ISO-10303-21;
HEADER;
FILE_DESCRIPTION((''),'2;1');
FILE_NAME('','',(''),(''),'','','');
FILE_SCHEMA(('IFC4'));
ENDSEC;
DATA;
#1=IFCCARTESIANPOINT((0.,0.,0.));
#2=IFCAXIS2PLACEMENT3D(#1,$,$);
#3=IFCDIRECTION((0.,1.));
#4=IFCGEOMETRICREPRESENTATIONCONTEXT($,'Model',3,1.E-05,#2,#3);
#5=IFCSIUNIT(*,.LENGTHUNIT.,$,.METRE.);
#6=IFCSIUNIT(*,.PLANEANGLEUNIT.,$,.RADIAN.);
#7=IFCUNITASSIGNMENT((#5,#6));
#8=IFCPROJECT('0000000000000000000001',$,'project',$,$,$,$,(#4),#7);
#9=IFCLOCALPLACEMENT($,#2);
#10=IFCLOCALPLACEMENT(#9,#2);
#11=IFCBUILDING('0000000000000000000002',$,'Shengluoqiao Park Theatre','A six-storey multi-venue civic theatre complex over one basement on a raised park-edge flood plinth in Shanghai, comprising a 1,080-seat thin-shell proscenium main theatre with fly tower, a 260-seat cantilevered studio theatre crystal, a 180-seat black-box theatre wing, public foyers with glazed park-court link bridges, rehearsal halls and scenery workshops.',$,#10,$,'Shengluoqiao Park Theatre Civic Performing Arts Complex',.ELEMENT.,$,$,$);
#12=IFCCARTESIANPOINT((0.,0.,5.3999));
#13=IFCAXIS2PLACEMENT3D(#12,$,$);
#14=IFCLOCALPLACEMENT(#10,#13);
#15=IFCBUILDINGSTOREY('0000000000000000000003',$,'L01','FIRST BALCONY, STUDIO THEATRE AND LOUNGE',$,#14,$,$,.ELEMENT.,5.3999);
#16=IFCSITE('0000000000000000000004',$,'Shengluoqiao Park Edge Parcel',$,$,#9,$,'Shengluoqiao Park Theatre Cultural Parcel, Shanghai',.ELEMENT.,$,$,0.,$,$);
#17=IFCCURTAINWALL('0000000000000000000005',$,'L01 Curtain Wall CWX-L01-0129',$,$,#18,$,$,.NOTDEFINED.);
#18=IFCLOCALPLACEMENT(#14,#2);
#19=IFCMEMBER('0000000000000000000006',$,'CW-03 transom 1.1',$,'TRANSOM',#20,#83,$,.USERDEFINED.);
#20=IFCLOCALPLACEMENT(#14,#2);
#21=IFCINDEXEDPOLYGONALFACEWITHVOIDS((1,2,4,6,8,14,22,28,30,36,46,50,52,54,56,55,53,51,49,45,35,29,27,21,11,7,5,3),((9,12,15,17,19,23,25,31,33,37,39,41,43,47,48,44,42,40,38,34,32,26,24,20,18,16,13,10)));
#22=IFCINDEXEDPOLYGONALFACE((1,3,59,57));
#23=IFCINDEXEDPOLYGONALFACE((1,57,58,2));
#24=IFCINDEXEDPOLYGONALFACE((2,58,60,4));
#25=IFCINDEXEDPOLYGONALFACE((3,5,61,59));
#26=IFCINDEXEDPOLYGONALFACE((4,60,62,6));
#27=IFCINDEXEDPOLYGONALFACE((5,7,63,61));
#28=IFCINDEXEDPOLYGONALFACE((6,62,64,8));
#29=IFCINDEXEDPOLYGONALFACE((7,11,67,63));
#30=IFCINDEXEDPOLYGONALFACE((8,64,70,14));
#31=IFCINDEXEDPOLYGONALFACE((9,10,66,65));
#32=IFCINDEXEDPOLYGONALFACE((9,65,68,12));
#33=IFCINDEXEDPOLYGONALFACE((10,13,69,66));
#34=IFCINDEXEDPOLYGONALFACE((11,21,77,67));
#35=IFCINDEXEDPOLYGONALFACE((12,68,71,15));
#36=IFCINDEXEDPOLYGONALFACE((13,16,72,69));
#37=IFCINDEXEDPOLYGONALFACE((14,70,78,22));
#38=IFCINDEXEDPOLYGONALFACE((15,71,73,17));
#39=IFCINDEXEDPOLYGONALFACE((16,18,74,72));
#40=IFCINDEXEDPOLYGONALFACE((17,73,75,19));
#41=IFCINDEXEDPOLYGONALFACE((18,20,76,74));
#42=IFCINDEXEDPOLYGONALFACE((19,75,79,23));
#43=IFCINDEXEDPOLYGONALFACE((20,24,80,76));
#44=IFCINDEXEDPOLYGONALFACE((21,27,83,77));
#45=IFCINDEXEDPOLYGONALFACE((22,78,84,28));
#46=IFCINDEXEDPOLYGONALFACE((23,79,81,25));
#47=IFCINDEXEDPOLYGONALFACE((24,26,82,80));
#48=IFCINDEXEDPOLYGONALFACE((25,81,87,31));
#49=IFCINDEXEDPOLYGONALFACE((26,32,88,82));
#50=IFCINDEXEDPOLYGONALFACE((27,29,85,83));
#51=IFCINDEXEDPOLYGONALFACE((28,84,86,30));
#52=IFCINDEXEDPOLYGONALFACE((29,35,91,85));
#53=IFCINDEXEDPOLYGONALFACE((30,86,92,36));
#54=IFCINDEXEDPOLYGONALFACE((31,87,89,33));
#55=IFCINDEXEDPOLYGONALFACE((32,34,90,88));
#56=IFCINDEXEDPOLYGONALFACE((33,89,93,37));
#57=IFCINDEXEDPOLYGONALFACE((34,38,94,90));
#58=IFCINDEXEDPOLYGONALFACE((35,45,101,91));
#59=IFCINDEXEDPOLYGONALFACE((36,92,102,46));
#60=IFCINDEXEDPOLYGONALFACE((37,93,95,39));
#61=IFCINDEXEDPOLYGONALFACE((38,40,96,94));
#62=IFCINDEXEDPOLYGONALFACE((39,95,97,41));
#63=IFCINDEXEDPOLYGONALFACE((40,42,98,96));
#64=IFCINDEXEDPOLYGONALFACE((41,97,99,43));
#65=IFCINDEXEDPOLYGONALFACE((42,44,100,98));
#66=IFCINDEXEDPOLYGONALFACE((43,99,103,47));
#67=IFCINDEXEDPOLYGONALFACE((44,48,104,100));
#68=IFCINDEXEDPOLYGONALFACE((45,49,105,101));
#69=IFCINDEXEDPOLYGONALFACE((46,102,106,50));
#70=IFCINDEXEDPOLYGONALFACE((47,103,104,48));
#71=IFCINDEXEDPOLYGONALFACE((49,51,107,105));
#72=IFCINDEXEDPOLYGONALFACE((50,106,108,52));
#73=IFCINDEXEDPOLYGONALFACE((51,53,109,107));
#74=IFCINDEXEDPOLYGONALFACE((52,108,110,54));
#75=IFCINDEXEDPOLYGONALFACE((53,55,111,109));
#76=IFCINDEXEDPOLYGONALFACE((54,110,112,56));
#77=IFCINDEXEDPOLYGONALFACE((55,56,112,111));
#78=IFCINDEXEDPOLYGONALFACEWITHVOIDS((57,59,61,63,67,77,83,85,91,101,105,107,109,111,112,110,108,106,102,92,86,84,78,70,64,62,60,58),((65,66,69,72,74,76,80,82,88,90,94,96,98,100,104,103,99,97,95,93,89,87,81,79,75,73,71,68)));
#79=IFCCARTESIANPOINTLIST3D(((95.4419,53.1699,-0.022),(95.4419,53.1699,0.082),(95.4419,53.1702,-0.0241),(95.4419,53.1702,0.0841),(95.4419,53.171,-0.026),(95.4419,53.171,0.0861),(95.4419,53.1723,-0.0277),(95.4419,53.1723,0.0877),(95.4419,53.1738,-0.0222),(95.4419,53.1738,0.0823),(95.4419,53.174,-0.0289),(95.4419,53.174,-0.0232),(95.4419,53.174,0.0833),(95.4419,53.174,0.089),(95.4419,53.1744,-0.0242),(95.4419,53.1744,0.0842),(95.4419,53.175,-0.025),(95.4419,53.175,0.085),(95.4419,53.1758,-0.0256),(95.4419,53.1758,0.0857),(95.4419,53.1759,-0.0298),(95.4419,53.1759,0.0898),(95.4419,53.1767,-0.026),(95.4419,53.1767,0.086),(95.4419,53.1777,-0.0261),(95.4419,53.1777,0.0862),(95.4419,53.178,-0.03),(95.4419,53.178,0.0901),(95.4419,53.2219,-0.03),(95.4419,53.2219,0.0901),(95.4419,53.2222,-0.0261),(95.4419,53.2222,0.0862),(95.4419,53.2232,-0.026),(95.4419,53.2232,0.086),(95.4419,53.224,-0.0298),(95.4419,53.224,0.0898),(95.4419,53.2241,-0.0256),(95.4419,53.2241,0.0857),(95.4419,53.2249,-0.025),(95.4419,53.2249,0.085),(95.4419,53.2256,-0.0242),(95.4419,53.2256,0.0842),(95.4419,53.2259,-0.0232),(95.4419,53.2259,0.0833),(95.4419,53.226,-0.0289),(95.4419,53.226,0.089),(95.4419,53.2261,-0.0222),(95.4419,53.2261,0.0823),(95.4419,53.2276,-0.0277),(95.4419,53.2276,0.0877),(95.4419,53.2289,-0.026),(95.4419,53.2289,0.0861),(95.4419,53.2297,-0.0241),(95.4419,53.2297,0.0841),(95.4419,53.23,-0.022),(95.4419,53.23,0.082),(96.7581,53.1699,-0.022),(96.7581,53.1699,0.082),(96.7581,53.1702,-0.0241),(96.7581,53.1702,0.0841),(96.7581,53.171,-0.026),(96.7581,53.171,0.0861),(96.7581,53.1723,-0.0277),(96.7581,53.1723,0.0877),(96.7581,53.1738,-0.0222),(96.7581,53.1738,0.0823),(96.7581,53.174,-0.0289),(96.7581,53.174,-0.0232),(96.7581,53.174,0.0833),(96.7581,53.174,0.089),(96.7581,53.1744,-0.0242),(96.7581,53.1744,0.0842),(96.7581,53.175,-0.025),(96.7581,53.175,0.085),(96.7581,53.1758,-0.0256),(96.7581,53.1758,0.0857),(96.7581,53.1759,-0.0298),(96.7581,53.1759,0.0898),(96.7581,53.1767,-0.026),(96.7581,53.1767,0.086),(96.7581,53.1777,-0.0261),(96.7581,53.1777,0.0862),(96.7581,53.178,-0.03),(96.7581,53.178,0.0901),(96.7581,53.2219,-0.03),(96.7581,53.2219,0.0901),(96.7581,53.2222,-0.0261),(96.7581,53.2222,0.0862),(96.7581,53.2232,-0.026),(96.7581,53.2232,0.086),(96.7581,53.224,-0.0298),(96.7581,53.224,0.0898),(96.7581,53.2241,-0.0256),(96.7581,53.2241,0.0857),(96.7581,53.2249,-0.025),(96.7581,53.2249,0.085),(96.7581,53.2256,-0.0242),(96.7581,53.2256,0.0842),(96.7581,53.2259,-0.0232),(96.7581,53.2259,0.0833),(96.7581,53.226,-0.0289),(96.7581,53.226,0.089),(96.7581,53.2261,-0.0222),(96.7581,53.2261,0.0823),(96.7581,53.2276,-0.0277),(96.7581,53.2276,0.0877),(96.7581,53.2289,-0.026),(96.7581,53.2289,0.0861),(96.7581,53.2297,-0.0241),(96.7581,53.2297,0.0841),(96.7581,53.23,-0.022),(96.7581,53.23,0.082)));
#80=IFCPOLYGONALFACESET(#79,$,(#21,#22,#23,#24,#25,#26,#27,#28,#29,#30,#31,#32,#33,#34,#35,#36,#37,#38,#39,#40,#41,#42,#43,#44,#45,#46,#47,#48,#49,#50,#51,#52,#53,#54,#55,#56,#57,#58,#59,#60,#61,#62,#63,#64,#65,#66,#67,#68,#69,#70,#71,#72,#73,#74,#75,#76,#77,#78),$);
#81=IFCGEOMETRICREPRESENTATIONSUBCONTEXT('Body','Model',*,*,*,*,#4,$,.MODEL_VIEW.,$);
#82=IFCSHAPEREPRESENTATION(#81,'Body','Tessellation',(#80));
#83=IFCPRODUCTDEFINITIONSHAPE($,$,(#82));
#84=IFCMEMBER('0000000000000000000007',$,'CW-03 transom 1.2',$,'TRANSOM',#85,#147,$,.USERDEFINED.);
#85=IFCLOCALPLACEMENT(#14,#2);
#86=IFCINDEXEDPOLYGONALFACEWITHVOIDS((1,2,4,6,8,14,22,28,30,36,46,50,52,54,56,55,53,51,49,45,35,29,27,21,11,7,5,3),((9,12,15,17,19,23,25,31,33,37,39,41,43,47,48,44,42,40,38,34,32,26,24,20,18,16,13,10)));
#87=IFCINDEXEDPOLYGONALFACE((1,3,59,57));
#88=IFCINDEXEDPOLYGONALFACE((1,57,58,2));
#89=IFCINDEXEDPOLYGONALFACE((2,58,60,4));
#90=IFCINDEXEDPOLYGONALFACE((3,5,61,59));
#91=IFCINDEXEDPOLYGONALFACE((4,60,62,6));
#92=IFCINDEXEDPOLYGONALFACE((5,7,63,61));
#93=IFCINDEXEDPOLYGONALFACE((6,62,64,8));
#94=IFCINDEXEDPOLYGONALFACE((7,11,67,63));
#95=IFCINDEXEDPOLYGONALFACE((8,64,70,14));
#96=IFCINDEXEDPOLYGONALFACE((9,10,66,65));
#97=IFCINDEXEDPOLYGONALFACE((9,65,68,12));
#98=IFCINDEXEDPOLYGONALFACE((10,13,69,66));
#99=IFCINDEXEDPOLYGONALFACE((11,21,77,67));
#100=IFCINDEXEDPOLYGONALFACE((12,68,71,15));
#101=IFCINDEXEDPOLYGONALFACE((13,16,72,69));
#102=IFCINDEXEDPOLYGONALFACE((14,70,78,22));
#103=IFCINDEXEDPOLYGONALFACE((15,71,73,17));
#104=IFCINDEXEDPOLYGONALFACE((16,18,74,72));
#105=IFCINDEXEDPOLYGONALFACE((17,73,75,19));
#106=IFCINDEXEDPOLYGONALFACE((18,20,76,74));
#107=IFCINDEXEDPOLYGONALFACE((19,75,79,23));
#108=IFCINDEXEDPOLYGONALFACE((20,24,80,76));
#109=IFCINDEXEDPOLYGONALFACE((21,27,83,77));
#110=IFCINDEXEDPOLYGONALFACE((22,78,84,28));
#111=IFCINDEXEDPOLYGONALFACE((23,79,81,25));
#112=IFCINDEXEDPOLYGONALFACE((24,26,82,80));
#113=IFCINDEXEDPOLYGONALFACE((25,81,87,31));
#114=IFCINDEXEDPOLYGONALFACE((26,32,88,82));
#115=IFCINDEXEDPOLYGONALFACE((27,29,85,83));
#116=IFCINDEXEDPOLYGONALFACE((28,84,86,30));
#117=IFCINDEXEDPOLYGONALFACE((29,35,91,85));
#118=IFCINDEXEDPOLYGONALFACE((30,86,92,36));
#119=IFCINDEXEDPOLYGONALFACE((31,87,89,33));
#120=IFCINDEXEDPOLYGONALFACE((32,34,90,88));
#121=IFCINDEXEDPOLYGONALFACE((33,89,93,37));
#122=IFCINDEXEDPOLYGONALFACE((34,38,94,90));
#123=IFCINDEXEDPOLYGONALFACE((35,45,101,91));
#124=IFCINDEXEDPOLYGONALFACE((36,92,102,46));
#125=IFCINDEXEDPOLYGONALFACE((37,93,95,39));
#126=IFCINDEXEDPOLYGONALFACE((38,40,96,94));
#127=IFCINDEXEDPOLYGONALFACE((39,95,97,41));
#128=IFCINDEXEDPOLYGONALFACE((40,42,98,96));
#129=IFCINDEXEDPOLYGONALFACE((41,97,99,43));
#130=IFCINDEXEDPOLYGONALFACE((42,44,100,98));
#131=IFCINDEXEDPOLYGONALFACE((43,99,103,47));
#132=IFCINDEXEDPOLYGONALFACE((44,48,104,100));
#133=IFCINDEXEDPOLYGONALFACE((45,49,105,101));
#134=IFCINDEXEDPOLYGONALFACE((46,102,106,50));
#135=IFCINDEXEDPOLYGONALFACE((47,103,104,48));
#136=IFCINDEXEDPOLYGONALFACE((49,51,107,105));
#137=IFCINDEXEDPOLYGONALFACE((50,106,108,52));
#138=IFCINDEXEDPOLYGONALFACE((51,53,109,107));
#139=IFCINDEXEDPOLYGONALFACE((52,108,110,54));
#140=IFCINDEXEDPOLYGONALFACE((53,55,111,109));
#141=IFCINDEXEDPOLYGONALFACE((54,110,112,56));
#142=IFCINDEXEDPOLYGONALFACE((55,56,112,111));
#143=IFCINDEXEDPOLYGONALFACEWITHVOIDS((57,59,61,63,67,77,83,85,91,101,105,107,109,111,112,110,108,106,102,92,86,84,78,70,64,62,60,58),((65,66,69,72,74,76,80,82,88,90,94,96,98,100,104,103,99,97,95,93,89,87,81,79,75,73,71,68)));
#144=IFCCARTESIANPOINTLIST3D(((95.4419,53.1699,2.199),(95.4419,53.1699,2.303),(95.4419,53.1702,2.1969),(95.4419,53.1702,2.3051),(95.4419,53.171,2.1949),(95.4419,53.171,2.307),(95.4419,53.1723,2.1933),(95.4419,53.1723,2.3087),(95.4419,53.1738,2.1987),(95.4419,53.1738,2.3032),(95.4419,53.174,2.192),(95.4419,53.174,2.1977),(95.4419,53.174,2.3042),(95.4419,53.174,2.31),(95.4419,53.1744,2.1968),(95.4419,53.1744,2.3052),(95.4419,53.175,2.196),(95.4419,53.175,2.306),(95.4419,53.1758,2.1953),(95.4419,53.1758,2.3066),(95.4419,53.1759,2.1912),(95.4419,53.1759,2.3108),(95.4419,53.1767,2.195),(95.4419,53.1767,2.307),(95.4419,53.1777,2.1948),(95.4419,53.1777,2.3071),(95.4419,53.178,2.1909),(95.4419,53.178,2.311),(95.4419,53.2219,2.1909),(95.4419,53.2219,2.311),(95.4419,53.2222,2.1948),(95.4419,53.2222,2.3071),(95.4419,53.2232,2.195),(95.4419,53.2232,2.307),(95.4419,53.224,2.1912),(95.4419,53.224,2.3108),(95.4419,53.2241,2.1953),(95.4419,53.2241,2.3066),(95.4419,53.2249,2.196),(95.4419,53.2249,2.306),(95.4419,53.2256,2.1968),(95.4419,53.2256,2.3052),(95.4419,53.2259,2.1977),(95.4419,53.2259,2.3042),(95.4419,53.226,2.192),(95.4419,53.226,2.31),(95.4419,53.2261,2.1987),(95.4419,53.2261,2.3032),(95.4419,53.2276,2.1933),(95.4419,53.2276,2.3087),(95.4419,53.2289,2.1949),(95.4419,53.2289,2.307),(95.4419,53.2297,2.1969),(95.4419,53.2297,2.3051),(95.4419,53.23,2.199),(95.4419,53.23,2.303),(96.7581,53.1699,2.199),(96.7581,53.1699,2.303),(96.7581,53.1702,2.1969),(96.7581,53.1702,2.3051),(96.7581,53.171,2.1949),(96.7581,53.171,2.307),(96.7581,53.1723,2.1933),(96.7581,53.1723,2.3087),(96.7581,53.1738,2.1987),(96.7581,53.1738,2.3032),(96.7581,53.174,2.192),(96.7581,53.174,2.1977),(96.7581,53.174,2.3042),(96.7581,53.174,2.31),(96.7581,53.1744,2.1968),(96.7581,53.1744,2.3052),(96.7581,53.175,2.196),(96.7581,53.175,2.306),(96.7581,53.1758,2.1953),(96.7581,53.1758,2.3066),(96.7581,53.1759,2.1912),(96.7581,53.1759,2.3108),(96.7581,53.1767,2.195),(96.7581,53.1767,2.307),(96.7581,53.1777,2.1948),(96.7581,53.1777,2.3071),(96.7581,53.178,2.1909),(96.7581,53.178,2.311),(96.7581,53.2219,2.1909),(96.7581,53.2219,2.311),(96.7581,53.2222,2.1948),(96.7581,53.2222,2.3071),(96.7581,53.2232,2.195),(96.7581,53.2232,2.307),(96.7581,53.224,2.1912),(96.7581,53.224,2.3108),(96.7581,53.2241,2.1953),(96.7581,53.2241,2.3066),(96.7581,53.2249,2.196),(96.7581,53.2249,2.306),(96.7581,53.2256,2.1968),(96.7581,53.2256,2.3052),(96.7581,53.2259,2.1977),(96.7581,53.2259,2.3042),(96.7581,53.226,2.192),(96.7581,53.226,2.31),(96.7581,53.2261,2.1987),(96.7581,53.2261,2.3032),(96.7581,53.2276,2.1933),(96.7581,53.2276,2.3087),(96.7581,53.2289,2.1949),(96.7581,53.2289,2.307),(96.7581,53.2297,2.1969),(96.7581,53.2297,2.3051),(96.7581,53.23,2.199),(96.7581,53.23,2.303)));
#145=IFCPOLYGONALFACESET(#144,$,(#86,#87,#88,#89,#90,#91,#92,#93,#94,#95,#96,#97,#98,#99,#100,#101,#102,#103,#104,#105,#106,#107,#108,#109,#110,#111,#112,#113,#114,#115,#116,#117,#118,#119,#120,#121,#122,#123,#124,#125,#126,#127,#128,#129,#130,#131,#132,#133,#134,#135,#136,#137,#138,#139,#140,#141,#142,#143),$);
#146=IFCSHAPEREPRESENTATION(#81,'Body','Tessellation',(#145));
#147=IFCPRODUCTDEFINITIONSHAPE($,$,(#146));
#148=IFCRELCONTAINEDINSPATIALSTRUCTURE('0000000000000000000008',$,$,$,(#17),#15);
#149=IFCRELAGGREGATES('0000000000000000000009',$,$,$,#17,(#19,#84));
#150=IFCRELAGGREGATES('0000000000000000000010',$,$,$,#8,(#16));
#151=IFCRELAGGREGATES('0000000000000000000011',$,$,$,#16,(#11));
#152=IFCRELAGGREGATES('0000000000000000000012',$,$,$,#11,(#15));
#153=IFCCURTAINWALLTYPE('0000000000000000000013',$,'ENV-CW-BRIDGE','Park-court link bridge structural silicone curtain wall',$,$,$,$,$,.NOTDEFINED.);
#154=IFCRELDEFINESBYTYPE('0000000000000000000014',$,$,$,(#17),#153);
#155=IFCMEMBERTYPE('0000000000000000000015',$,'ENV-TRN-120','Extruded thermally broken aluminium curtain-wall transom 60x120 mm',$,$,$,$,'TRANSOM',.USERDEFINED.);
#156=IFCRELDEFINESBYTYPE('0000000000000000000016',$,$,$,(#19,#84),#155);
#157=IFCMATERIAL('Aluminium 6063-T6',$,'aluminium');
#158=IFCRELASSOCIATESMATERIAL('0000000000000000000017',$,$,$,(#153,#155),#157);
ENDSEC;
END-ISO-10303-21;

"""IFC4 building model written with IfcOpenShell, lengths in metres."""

from ifc_helpers import new_model, si_unit, direction, frame, origin, origin_2d, place, context, subcontext, project, spatial, hollow_rectangle, extrude, material, material_profile, profile_set, type_object, element, aggregate, save


model = new_model("IFC4")

# Units and contexts
model_context = context("Model", 3, precision=1e-05, world=origin(), true_north=direction((0.0, 1.0)))
body_context = subcontext(model_context, "Body", "Model", "MODEL_VIEW")
ifc_project = project(units=[si_unit("LENGTHUNIT", "METRE"), si_unit("PLANEANGLEUNIT", "RADIAN")], contexts=[model_context])

# Site, building, storey
site_placement = place(None, origin())
site = spatial("IfcSite", under=ifc_project, at=site_placement, Name="Shengluoqiao Park Edge Parcel", LongName="Shengluoqiao Park Theatre Cultural Parcel, Shanghai", CompositionType="ELEMENT", RefElevation=0.0)
building_placement = place(site_placement, origin())
building = spatial("IfcBuilding", under=site, at=building_placement, Name="Shengluoqiao Park Theatre", Description="A six-storey multi-venue civic theatre complex over one basement on a raised park-edge flood plinth in Shanghai, comprising a 1,080-seat thin-shell proscenium main theatre with fly tower, a 260-seat cantilevered studio theatre crystal, a 180-seat black-box theatre wing, public foyers with glazed park-court link bridges, rehearsal halls and scenery workshops.", LongName="Shengluoqiao Park Theatre Civic Performing Arts Complex", CompositionType="ELEMENT")
storey_placement = place(building_placement, frame((0.0, 0.0, 5.3999)))
storey = spatial("IfcBuildingStorey", under=building, at=storey_placement, Name="L01", Description="FIRST BALCONY, STUDIO THEATRE AND LOUNGE", CompositionType="ELEMENT", Elevation=5.3999)

# Shared definitions
ifc_material_1 = material(Name="Aluminium 6063-T6", Category="aluminium")
curtain_wall_type = type_object("IfcCurtainWallType", Name="ENV-CW-BRIDGE", Description="Park-court link bridge structural silicone curtain wall", PredefinedType="NOTDEFINED", material=ifc_material_1)

# Curtain wall
curtain_wall_1_placement = place(storey_placement, origin())
curtain_wall_1 = element("IfcCurtainWall", 1, at=curtain_wall_1_placement, inside=storey, type_object=curtain_wall_type, Name="L01 Curtain Wall CWX-L01-0129", PredefinedType="NOTDEFINED")

# Members
ifc_material_profile_1 = material_profile(ifc_material_1, hollow_rectangle(XDim=0.0601, YDim=0.1201, WallThickness=0.0039, InnerFilletRadius=0.0039, OuterFilletRadius=0.0081, at=origin_2d()), Name="ALU TRANSOM 120x60x4")
ifc_profile_set_1 = profile_set([ifc_material_profile_1], Name="Aluminium 6063-T6")
member_type_1 = type_object("IfcMemberType", Name="ENV-TRN-120", Description="Extruded thermally broken aluminium curtain-wall transom 60x120 mm", ElementType="TRANSOM", PredefinedType="USERDEFINED", material=ifc_profile_set_1)
member_1_placement = place(storey_placement, frame((95.4419, 53.2, 0.03), z_axis=(1.0, 0.0, 0.0), x_axis=(0.0, 1.0, 0.0)))
member_1 = element("IfcMember", 2, at=member_1_placement, type_object=member_type_1, Name="CW-03 transom 1.1", ObjectType="TRANSOM", PredefinedType="USERDEFINED", context=body_context, shape_type="SweptSolid", body=[
    extrude(hollow_rectangle(XDim=0.0601, YDim=0.1201, WallThickness=0.0039, InnerFilletRadius=0.0039, OuterFilletRadius=0.0081, at=origin_2d()), origin(), (0.0, 0.0, 1.0), 1.3162),
])
member_2_placement = place(storey_placement, frame((95.4419, 53.2, 2.251), z_axis=(1.0, 0.0, 0.0), x_axis=(0.0, 1.0, 0.0)))
member_2 = element("IfcMember", 3, at=member_2_placement, type_object=member_type_1, Name="CW-03 transom 1.2", ObjectType="TRANSOM", PredefinedType="USERDEFINED", context=body_context, shape_type="SweptSolid", body=[
    extrude(hollow_rectangle(XDim=0.0601, YDim=0.1201, WallThickness=0.0039, InnerFilletRadius=0.0039, OuterFilletRadius=0.0081, at=origin_2d()), origin(), (0.0, 0.0, 1.0), 1.3162),
])
aggregate(curtain_wall_1, [member_1, member_2])

save(model, "model.ifc")
